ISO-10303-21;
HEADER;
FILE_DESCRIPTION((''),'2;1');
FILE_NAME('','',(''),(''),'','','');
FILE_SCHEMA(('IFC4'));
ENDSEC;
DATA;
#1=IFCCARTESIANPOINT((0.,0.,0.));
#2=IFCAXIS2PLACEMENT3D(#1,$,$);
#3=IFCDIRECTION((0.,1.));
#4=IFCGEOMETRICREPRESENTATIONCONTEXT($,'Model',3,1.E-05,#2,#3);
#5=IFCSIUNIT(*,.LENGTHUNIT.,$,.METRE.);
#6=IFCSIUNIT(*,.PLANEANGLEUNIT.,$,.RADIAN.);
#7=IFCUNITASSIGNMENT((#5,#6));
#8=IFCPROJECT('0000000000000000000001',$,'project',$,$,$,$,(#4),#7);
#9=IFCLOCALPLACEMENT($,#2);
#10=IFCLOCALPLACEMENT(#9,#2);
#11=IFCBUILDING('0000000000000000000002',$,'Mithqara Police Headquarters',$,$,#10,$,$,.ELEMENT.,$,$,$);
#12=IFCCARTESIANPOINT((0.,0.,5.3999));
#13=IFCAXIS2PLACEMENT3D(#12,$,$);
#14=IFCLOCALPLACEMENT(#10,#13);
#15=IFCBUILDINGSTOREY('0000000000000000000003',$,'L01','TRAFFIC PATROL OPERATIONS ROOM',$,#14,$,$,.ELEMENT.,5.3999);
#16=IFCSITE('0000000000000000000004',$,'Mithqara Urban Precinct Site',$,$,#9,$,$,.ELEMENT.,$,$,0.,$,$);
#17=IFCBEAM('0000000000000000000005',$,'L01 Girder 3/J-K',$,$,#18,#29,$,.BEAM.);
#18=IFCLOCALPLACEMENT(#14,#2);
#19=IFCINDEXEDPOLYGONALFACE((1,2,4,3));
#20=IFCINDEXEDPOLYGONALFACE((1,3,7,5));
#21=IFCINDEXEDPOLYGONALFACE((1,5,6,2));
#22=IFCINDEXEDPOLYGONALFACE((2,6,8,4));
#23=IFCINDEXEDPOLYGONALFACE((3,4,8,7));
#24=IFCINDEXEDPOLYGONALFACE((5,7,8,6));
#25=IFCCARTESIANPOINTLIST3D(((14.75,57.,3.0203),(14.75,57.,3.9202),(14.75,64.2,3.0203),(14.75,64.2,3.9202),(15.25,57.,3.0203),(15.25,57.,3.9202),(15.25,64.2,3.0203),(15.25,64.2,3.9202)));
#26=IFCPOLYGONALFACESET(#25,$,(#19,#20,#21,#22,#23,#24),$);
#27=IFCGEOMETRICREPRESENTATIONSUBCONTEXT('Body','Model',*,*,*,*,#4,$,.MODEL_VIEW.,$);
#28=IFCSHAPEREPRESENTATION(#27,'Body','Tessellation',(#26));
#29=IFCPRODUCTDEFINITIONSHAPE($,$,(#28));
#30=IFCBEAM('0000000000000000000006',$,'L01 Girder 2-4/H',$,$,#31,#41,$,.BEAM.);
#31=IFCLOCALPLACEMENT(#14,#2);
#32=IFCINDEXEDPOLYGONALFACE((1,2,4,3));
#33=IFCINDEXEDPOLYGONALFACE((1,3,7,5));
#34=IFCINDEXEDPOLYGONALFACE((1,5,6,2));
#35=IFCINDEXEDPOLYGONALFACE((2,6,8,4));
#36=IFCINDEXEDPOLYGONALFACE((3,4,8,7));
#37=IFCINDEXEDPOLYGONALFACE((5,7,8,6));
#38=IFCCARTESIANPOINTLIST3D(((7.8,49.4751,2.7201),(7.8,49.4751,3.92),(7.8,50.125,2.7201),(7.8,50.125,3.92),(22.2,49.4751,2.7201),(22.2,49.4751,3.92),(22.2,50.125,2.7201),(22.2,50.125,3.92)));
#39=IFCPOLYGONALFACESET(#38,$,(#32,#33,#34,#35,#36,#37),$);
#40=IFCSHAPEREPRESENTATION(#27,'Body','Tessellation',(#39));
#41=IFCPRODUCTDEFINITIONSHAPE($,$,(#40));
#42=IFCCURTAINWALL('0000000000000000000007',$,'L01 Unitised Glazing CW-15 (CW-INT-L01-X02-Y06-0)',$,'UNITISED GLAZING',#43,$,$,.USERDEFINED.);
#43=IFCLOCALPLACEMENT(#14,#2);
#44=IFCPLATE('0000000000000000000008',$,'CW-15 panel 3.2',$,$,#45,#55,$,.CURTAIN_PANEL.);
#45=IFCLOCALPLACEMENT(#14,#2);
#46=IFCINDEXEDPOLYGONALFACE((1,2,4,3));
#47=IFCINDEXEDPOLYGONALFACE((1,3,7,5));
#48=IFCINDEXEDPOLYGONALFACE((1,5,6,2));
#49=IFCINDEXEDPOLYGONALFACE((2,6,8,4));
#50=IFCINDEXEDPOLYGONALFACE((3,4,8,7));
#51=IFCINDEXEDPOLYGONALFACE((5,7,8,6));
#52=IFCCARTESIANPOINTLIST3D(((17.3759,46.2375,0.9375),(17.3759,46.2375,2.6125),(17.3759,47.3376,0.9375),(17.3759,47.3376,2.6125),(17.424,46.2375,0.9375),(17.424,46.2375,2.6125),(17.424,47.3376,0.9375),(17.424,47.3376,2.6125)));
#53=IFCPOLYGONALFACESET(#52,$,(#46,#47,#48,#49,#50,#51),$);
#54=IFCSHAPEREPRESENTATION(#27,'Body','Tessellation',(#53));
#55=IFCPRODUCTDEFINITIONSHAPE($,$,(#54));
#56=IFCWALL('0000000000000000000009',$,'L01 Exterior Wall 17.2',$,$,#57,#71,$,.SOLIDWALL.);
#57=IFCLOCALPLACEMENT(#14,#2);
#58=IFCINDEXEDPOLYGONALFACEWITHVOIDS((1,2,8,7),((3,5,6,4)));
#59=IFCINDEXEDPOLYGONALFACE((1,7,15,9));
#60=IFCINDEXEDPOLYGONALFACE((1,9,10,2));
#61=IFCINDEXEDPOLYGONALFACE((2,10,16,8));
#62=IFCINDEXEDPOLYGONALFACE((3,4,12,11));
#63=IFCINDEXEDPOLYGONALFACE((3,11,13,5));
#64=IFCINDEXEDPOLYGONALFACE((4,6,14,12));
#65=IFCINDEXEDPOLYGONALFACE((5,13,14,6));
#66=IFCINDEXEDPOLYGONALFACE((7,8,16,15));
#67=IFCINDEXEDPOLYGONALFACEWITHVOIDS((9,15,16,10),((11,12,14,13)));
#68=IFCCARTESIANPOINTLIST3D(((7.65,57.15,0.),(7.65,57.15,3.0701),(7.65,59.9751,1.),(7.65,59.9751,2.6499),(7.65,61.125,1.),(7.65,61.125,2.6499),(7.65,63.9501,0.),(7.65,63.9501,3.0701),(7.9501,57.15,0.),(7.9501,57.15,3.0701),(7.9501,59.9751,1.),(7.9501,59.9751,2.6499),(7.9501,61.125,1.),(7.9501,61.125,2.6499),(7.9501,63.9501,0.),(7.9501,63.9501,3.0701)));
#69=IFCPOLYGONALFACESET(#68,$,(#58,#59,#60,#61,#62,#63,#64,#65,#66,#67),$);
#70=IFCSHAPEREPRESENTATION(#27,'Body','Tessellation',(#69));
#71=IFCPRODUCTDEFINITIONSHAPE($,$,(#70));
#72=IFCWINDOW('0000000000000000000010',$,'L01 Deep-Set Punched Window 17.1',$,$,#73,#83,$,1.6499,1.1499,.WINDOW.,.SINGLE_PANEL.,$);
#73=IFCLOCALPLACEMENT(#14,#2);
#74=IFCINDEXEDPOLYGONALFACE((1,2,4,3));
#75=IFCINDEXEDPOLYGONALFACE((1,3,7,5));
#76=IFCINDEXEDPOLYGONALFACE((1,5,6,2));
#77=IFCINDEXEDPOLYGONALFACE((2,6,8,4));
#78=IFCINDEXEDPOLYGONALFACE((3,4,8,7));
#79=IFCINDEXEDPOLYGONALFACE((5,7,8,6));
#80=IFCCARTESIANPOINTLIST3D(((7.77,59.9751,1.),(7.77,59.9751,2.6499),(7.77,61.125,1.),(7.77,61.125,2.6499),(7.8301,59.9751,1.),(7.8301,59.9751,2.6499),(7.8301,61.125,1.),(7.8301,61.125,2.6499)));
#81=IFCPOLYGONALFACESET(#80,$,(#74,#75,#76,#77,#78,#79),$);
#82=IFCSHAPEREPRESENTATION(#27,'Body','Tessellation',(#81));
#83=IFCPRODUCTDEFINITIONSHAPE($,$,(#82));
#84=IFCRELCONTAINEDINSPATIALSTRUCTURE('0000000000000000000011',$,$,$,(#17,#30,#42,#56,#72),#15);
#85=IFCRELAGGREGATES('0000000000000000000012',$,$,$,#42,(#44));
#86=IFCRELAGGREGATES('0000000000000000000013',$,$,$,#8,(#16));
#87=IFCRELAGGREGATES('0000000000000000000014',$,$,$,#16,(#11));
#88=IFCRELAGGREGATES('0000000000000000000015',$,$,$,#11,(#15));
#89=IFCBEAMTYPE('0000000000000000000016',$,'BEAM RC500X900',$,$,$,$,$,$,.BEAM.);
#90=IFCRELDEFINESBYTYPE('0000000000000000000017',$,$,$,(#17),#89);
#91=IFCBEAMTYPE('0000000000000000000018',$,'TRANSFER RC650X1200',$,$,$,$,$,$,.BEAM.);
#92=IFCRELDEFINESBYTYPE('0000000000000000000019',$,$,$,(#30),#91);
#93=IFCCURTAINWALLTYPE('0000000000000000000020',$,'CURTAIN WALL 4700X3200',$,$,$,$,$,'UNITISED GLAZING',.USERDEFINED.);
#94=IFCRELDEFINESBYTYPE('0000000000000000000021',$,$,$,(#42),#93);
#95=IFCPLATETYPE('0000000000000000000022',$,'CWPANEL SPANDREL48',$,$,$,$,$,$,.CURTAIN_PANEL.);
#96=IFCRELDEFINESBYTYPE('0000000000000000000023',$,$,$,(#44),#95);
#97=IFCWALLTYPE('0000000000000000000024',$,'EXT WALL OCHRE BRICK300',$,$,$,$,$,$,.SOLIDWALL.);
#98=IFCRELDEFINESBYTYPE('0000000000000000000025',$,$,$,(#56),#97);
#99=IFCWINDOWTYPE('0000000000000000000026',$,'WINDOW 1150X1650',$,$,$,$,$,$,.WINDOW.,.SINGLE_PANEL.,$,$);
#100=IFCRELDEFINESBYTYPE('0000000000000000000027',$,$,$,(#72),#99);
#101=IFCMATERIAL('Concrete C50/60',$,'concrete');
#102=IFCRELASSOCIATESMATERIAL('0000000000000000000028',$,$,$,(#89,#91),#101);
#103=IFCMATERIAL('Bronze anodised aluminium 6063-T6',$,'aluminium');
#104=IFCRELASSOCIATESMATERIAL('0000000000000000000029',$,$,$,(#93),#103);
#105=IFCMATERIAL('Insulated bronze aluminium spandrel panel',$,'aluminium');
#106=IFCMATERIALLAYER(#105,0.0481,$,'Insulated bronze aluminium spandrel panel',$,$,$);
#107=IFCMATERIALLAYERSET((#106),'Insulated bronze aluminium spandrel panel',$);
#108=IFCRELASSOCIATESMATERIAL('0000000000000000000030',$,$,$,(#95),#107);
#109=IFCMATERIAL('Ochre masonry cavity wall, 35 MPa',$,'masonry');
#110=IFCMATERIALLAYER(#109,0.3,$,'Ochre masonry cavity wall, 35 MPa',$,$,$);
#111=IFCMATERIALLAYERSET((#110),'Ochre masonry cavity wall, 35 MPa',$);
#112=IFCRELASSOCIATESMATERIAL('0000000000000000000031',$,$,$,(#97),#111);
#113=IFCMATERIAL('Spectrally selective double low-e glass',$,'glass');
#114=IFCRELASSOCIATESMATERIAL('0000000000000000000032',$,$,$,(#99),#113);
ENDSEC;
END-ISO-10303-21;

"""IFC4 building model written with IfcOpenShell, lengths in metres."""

from ifc_helpers import new_model, si_unit, direction, frame, frame_2d, origin, origin_2d, place, context, subcontext, project, spatial, rectangle, extrude, material, layer, layer_set, material_profile, profile_set, type_object, element, fill, aggregate, save


model = new_model("IFC4")

# Units and contexts
model_context = context("Model", 3, precision=1e-05, world=origin(), true_north=direction((0.0, 1.0)))
body_context = subcontext(model_context, "Body", "Model", "MODEL_VIEW")
ifc_project = project(units=[si_unit("LENGTHUNIT", "METRE"), si_unit("PLANEANGLEUNIT", "RADIAN")], contexts=[model_context])

# Site, building, storey
site_placement = place(None, origin())
site = spatial("IfcSite", under=ifc_project, at=site_placement, Name="Mithqara Urban Precinct Site", CompositionType="ELEMENT", RefElevation=0.0)
building_placement = place(site_placement, origin())
building = spatial("IfcBuilding", under=site, at=building_placement, Name="Mithqara Police Headquarters", CompositionType="ELEMENT")
storey_placement = place(building_placement, frame((0.0, 0.0, 5.3999)))
storey = spatial("IfcBuildingStorey", under=building, at=storey_placement, Name="L01", Description="TRAFFIC PATROL OPERATIONS ROOM", CompositionType="ELEMENT", Elevation=5.3999)

# Shared definitions
ifc_material_1 = material(Name="Concrete C50/60", Category="concrete")

# Beams
ifc_material_profile_1 = material_profile(ifc_material_1, rectangle(XDim=0.5, YDim=0.8999, at=origin_2d()), Name="RC 500x900")
ifc_profile_set_1 = profile_set([ifc_material_profile_1], Name="Concrete C50/60")
beam_type_1 = type_object("IfcBeamType", Name="BEAM RC500X900", PredefinedType="BEAM", material=ifc_profile_set_1)
beam_1_placement = place(storey_placement, frame((15.0, 57.0, 3.4702), z_axis=(0.0, 1.0, 0.0), x_axis=(-1.0, 0.0, 0.0)))
element("IfcBeam", 1, at=beam_1_placement, inside=storey, type_object=beam_type_1, Name="L01 Girder 3/J-K", PredefinedType="BEAM", context=body_context, shape_type="SweptSolid", body=[
    extrude(rectangle(XDim=0.5, YDim=0.8999, at=origin_2d()), origin(), (0.0, 0.0, 1.0), 7.2),
])
ifc_material_profile_2 = material_profile(ifc_material_1, rectangle(XDim=0.6499, YDim=1.2, at=origin_2d()), Name="RC 650x1200")
ifc_profile_set_2 = profile_set([ifc_material_profile_2], Name="Concrete C50/60")
beam_type_2 = type_object("IfcBeamType", Name="TRANSFER RC650X1200", PredefinedType="BEAM", material=ifc_profile_set_2)
beam_2_placement = place(storey_placement, frame((7.8, 49.8, 3.3201), z_axis=(1.0, 0.0, 0.0), x_axis=(0.0, 1.0, 0.0)))
element("IfcBeam", 2, at=beam_2_placement, inside=storey, type_object=beam_type_2, Name="L01 Girder 2-4/H", PredefinedType="BEAM", context=body_context, shape_type="SweptSolid", body=[
    extrude(rectangle(XDim=0.6499, YDim=1.2, at=origin_2d()), origin(), (0.0, 0.0, 1.0), 14.3999),
])

# Curtain wall, plate
ifc_material_2 = material(Name="Bronze anodised aluminium 6063-T6", Category="aluminium")
curtain_wall_type = type_object("IfcCurtainWallType", Name="CURTAIN WALL 4700X3200", ElementType="UNITISED GLAZING", PredefinedType="USERDEFINED", material=ifc_material_2)
curtain_wall_placement = place(storey_placement, origin())
curtain_wall = element("IfcCurtainWall", 3, at=curtain_wall_placement, inside=storey, type_object=curtain_wall_type, Name="L01 Unitised Glazing CW-15 (CW-INT-L01-X02-Y06-0)", ObjectType="UNITISED GLAZING", PredefinedType="USERDEFINED")
ifc_material_3 = material(Name="Insulated bronze aluminium spandrel panel", Category="aluminium")
ifc_layer_1 = layer(ifc_material_3, 0.0481, Name="Insulated bronze aluminium spandrel panel")
ifc_layer_set_1 = layer_set([ifc_layer_1], Name="Insulated bronze aluminium spandrel panel")
plate_type = type_object("IfcPlateType", Name="CWPANEL SPANDREL48", PredefinedType="CURTAIN_PANEL", material=ifc_layer_set_1)
plate_placement = place(storey_placement, frame((17.3999, 46.7876, 0.9375), z_axis=(0.0, 0.0, 1.0), x_axis=(0.0, 1.0, 0.0)))
plate = element("IfcPlate", 4, at=plate_placement, type_object=plate_type, Name="CW-15 panel 3.2", PredefinedType="CURTAIN_PANEL", context=body_context, shape_type="SweptSolid", body=[
    extrude(rectangle(XDim=1.1001, YDim=0.0481, at=origin_2d()), origin(), (0.0, 0.0, 1.0), 1.675),
])
aggregate(curtain_wall, [plate])

# Wall, opening, window
ifc_material_4 = material(Name="Ochre masonry cavity wall, 35 MPa", Category="masonry")
ifc_layer_2 = layer(ifc_material_4, 0.3, Name="Ochre masonry cavity wall, 35 MPa")
ifc_layer_set_2 = layer_set([ifc_layer_2], Name="Ochre masonry cavity wall, 35 MPa")
wall_type_1 = type_object("IfcWallType", Name="EXT WALL OCHRE BRICK300", PredefinedType="SOLIDWALL", material=ifc_layer_set_2)
wall_1_placement = place(storey_placement, frame((7.8, 63.95, 0.0), z_axis=(0.0, 0.0, 1.0), x_axis=(0.0, -1.0, 0.0)))
wall_1 = element("IfcWall", 5, at=wall_1_placement, inside=storey, type_object=wall_type_1, Name="L01 Exterior Wall 17.2", PredefinedType="SOLIDWALL", context=body_context, shape_type="SweptSolid", body=[
    extrude(rectangle(XDim=6.8, YDim=0.3, at=frame_2d((3.3999, 0.0))), origin(), (0.0, 0.0, 1.0), 3.0701),
])
opening_1_placement = place(wall_1_placement, frame((2.825, 0.0, 1.0)))
opening_1 = element("IfcOpeningElement", 6, at=opening_1_placement, cuts=wall_1, PredefinedType="OPENING", context=body_context, shape_type="SweptSolid", body=[
    extrude(rectangle(XDim=1.1499, YDim=1.6499, at=frame_2d((0.575, 0.825))), frame((0.0, 0.1602, 0.0), z_axis=(0.0, -1.0, 0.0), x_axis=(1.0, 0.0, 0.0)), (0.0, 0.0, 1.0), 0.3201),
])
ifc_material_5 = material(Name="Spectrally selective double low-e glass", Category="glass")
window_type_1 = type_object("IfcWindowType", Name="WINDOW 1150X1650", PartitioningType="SINGLE_PANEL", PredefinedType="WINDOW", material=ifc_material_5)
window_1_placement = place(opening_1_placement, origin())
window_1 = element("IfcWindow", 7, at=window_1_placement, inside=storey, type_object=window_type_1, Name="L01 Deep-Set Punched Window 17.1", OverallHeight=1.6499, OverallWidth=1.1499, PartitioningType="SINGLE_PANEL", PredefinedType="WINDOW", context=body_context, shape_type="SweptSolid", body=[
    extrude(rectangle(XDim=1.1499, YDim=1.6499, at=frame_2d((0.575, 0.825))), frame((0.0, 0.03, 0.0), z_axis=(0.0, -1.0, 0.0), x_axis=(1.0, 0.0, 0.0)), (0.0, 0.0, 1.0), 0.0601),
])
fill(opening_1, window_1)

save(model, "model.ifc")
